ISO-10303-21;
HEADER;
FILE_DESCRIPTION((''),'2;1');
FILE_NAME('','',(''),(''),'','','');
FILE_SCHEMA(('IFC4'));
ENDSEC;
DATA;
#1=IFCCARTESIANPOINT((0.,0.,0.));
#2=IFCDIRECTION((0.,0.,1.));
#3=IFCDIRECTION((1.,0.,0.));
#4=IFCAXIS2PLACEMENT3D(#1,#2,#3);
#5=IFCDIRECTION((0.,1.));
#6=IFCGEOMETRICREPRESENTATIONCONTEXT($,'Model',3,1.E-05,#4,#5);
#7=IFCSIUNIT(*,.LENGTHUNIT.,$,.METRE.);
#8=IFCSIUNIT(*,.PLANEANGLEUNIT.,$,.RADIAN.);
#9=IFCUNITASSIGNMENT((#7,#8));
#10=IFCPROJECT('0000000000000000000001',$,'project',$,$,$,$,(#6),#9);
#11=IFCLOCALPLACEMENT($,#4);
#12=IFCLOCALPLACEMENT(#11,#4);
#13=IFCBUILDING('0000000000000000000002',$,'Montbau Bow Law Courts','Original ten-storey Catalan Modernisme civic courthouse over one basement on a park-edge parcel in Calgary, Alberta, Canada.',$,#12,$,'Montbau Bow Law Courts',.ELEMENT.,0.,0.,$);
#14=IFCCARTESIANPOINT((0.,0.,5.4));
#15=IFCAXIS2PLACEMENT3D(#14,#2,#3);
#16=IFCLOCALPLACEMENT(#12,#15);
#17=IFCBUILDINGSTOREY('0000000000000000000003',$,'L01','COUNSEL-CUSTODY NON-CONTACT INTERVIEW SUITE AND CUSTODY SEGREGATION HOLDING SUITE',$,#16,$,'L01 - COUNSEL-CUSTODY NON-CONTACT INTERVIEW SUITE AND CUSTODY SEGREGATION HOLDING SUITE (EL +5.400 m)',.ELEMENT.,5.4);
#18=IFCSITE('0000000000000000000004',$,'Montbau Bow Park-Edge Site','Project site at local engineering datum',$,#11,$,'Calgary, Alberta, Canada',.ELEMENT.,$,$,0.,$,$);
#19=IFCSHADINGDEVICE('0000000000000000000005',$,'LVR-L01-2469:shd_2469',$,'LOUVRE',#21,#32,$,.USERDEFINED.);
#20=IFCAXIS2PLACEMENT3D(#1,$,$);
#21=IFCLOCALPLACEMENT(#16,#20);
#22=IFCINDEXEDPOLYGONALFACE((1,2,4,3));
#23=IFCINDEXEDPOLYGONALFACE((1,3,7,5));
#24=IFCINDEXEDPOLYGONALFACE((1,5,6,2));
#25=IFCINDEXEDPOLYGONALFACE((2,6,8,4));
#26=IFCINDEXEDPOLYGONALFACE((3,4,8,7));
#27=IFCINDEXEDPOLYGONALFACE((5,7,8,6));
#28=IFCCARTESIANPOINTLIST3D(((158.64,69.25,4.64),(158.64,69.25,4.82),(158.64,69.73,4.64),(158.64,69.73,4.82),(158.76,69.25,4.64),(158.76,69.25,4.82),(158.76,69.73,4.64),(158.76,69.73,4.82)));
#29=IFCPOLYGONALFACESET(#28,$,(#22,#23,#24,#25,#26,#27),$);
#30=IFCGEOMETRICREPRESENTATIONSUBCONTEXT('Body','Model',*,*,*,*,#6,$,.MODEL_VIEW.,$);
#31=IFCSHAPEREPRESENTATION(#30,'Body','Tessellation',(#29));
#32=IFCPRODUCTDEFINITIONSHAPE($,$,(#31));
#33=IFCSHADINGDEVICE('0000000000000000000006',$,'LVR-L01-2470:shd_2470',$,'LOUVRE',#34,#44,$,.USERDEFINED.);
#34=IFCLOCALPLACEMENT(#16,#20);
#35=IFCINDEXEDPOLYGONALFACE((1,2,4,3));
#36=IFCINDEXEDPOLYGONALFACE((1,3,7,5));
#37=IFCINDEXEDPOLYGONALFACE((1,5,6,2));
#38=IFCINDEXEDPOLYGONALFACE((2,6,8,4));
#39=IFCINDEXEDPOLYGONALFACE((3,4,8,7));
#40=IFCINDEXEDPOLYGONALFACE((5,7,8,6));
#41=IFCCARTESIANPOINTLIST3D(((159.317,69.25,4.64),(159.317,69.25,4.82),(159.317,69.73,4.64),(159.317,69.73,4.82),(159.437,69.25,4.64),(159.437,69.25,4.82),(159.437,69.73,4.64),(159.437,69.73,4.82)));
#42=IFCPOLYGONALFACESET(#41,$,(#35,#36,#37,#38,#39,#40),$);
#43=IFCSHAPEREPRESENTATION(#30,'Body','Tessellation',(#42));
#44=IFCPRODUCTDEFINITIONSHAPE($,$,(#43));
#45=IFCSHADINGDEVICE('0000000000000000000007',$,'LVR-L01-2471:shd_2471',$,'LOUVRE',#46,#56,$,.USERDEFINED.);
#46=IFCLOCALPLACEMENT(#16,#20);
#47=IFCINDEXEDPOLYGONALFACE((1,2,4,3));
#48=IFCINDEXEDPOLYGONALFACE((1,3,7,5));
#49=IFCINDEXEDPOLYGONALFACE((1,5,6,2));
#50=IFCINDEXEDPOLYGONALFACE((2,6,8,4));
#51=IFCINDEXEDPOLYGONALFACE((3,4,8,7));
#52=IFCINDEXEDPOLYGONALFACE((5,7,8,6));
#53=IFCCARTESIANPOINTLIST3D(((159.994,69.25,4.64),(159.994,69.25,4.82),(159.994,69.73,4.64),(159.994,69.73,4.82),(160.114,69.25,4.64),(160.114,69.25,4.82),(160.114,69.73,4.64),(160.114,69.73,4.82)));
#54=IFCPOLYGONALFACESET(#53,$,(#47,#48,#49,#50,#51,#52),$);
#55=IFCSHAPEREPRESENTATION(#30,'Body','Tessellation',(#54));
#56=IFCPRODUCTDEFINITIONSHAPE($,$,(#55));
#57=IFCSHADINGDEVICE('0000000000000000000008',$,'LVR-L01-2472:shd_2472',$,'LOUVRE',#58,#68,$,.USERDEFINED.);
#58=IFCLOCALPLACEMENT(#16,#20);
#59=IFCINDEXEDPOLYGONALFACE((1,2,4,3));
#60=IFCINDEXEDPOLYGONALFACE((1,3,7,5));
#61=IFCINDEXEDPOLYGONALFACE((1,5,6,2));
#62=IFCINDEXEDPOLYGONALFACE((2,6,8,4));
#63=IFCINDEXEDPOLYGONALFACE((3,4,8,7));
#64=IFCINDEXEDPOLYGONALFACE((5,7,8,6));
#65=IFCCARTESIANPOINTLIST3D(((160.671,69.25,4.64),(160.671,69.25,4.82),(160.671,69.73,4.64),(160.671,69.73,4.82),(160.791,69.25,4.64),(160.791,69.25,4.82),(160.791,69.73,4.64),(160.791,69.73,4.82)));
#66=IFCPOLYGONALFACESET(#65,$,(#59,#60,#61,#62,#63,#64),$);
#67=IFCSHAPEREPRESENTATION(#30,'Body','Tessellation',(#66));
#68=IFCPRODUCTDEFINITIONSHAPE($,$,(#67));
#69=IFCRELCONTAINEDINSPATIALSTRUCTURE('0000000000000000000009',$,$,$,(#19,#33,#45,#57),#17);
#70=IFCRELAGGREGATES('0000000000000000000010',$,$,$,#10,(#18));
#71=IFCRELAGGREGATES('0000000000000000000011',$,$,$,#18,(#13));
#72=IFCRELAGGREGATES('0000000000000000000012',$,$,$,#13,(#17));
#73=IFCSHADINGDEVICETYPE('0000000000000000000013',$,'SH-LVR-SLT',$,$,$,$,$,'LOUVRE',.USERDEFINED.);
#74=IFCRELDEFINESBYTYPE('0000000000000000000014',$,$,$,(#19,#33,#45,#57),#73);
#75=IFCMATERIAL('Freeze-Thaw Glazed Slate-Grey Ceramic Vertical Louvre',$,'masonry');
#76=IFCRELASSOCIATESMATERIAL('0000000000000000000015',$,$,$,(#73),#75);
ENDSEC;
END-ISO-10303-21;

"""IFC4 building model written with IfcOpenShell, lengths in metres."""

from ifc_helpers import new_model, si_unit, direction, frame, origin_with_axes, origin_2d_with_axis, place, context, subcontext, project, spatial, rectangle, extrude, material, type_object, element, save


model = new_model("IFC4")

# Units and contexts
model_context = context("Model", 3, precision=1e-05, world=origin_with_axes(), true_north=direction((0.0, 1.0)))
body_context = subcontext(model_context, "Body", "Model", "MODEL_VIEW")
ifc_project = project(units=[si_unit("LENGTHUNIT", "METRE"), si_unit("PLANEANGLEUNIT", "RADIAN")], contexts=[model_context])

# Site, building, storey
site_placement = place(None, origin_with_axes())
site = spatial("IfcSite", under=ifc_project, at=site_placement, Name="Montbau Bow Park-Edge Site", Description="Project site at local engineering datum", LongName="Calgary, Alberta, Canada", CompositionType="ELEMENT", RefElevation=0.0)
building_placement = place(site_placement, origin_with_axes())
building = spatial("IfcBuilding", under=site, at=building_placement, Name="Montbau Bow Law Courts", Description="Original ten-storey Catalan Modernisme civic courthouse over one basement on a park-edge parcel in Calgary, Alberta, Canada.", LongName="Montbau Bow Law Courts", CompositionType="ELEMENT", ElevationOfRefHeight=0.0, ElevationOfTerrain=0.0)
storey_placement = place(building_placement, frame((0.0, 0.0, 5.4), z_axis=(0.0, 0.0, 1.0), x_axis=(1.0, 0.0, 0.0)))
storey = spatial("IfcBuildingStorey", under=building, at=storey_placement, Name="L01", Description="COUNSEL-CUSTODY NON-CONTACT INTERVIEW SUITE AND CUSTODY SEGREGATION HOLDING SUITE", LongName="L01 - COUNSEL-CUSTODY NON-CONTACT INTERVIEW SUITE AND CUSTODY SEGREGATION HOLDING SUITE (EL +5.400 m)", CompositionType="ELEMENT", Elevation=5.4)

# Shading devices
ifc_material_1 = material(Name="Freeze-Thaw Glazed Slate-Grey Ceramic Vertical Louvre", Category="masonry")
shading_device_type = type_object("IfcShadingDeviceType", Name="SH-LVR-SLT", ElementType="LOUVRE", PredefinedType="USERDEFINED", material=ifc_material_1)
for number, where, z_axis, x_axis, name in (
    (1, (158.7, 69.49, 10.04), (0.0, 0.0, 1.0), (0.0, -1.0, 0.0), "LVR-L01-2469:shd_2469"),
    (2, (159.377, 69.49, 10.04), (0.0, 0.0, 1.0), (0.0, -1.0, 0.0), "LVR-L01-2470:shd_2470"),
    (3, (160.054, 69.49, 10.04), (0.0, 0.0, 1.0), (0.0, -1.0, 0.0), "LVR-L01-2471:shd_2471"),
    (4, (160.731, 69.49, 10.04), (0.0, 0.0, 1.0), (0.0, -1.0, 0.0), "LVR-L01-2472:shd_2472"),
):
    element("IfcShadingDevice", number, at=place(None, frame(where, z_axis=z_axis, x_axis=x_axis)), inside=storey, type_object=shading_device_type, Name=name, ObjectType="LOUVRE", PredefinedType="USERDEFINED", context=body_context, shape_type="SweptSolid", body=[
        extrude(rectangle(XDim=0.48, YDim=0.12, at=origin_2d_with_axis()), origin_with_axes(), (0.0, 0.0, 1.0), 0.18),
    ])

save(model, "model.ifc")
